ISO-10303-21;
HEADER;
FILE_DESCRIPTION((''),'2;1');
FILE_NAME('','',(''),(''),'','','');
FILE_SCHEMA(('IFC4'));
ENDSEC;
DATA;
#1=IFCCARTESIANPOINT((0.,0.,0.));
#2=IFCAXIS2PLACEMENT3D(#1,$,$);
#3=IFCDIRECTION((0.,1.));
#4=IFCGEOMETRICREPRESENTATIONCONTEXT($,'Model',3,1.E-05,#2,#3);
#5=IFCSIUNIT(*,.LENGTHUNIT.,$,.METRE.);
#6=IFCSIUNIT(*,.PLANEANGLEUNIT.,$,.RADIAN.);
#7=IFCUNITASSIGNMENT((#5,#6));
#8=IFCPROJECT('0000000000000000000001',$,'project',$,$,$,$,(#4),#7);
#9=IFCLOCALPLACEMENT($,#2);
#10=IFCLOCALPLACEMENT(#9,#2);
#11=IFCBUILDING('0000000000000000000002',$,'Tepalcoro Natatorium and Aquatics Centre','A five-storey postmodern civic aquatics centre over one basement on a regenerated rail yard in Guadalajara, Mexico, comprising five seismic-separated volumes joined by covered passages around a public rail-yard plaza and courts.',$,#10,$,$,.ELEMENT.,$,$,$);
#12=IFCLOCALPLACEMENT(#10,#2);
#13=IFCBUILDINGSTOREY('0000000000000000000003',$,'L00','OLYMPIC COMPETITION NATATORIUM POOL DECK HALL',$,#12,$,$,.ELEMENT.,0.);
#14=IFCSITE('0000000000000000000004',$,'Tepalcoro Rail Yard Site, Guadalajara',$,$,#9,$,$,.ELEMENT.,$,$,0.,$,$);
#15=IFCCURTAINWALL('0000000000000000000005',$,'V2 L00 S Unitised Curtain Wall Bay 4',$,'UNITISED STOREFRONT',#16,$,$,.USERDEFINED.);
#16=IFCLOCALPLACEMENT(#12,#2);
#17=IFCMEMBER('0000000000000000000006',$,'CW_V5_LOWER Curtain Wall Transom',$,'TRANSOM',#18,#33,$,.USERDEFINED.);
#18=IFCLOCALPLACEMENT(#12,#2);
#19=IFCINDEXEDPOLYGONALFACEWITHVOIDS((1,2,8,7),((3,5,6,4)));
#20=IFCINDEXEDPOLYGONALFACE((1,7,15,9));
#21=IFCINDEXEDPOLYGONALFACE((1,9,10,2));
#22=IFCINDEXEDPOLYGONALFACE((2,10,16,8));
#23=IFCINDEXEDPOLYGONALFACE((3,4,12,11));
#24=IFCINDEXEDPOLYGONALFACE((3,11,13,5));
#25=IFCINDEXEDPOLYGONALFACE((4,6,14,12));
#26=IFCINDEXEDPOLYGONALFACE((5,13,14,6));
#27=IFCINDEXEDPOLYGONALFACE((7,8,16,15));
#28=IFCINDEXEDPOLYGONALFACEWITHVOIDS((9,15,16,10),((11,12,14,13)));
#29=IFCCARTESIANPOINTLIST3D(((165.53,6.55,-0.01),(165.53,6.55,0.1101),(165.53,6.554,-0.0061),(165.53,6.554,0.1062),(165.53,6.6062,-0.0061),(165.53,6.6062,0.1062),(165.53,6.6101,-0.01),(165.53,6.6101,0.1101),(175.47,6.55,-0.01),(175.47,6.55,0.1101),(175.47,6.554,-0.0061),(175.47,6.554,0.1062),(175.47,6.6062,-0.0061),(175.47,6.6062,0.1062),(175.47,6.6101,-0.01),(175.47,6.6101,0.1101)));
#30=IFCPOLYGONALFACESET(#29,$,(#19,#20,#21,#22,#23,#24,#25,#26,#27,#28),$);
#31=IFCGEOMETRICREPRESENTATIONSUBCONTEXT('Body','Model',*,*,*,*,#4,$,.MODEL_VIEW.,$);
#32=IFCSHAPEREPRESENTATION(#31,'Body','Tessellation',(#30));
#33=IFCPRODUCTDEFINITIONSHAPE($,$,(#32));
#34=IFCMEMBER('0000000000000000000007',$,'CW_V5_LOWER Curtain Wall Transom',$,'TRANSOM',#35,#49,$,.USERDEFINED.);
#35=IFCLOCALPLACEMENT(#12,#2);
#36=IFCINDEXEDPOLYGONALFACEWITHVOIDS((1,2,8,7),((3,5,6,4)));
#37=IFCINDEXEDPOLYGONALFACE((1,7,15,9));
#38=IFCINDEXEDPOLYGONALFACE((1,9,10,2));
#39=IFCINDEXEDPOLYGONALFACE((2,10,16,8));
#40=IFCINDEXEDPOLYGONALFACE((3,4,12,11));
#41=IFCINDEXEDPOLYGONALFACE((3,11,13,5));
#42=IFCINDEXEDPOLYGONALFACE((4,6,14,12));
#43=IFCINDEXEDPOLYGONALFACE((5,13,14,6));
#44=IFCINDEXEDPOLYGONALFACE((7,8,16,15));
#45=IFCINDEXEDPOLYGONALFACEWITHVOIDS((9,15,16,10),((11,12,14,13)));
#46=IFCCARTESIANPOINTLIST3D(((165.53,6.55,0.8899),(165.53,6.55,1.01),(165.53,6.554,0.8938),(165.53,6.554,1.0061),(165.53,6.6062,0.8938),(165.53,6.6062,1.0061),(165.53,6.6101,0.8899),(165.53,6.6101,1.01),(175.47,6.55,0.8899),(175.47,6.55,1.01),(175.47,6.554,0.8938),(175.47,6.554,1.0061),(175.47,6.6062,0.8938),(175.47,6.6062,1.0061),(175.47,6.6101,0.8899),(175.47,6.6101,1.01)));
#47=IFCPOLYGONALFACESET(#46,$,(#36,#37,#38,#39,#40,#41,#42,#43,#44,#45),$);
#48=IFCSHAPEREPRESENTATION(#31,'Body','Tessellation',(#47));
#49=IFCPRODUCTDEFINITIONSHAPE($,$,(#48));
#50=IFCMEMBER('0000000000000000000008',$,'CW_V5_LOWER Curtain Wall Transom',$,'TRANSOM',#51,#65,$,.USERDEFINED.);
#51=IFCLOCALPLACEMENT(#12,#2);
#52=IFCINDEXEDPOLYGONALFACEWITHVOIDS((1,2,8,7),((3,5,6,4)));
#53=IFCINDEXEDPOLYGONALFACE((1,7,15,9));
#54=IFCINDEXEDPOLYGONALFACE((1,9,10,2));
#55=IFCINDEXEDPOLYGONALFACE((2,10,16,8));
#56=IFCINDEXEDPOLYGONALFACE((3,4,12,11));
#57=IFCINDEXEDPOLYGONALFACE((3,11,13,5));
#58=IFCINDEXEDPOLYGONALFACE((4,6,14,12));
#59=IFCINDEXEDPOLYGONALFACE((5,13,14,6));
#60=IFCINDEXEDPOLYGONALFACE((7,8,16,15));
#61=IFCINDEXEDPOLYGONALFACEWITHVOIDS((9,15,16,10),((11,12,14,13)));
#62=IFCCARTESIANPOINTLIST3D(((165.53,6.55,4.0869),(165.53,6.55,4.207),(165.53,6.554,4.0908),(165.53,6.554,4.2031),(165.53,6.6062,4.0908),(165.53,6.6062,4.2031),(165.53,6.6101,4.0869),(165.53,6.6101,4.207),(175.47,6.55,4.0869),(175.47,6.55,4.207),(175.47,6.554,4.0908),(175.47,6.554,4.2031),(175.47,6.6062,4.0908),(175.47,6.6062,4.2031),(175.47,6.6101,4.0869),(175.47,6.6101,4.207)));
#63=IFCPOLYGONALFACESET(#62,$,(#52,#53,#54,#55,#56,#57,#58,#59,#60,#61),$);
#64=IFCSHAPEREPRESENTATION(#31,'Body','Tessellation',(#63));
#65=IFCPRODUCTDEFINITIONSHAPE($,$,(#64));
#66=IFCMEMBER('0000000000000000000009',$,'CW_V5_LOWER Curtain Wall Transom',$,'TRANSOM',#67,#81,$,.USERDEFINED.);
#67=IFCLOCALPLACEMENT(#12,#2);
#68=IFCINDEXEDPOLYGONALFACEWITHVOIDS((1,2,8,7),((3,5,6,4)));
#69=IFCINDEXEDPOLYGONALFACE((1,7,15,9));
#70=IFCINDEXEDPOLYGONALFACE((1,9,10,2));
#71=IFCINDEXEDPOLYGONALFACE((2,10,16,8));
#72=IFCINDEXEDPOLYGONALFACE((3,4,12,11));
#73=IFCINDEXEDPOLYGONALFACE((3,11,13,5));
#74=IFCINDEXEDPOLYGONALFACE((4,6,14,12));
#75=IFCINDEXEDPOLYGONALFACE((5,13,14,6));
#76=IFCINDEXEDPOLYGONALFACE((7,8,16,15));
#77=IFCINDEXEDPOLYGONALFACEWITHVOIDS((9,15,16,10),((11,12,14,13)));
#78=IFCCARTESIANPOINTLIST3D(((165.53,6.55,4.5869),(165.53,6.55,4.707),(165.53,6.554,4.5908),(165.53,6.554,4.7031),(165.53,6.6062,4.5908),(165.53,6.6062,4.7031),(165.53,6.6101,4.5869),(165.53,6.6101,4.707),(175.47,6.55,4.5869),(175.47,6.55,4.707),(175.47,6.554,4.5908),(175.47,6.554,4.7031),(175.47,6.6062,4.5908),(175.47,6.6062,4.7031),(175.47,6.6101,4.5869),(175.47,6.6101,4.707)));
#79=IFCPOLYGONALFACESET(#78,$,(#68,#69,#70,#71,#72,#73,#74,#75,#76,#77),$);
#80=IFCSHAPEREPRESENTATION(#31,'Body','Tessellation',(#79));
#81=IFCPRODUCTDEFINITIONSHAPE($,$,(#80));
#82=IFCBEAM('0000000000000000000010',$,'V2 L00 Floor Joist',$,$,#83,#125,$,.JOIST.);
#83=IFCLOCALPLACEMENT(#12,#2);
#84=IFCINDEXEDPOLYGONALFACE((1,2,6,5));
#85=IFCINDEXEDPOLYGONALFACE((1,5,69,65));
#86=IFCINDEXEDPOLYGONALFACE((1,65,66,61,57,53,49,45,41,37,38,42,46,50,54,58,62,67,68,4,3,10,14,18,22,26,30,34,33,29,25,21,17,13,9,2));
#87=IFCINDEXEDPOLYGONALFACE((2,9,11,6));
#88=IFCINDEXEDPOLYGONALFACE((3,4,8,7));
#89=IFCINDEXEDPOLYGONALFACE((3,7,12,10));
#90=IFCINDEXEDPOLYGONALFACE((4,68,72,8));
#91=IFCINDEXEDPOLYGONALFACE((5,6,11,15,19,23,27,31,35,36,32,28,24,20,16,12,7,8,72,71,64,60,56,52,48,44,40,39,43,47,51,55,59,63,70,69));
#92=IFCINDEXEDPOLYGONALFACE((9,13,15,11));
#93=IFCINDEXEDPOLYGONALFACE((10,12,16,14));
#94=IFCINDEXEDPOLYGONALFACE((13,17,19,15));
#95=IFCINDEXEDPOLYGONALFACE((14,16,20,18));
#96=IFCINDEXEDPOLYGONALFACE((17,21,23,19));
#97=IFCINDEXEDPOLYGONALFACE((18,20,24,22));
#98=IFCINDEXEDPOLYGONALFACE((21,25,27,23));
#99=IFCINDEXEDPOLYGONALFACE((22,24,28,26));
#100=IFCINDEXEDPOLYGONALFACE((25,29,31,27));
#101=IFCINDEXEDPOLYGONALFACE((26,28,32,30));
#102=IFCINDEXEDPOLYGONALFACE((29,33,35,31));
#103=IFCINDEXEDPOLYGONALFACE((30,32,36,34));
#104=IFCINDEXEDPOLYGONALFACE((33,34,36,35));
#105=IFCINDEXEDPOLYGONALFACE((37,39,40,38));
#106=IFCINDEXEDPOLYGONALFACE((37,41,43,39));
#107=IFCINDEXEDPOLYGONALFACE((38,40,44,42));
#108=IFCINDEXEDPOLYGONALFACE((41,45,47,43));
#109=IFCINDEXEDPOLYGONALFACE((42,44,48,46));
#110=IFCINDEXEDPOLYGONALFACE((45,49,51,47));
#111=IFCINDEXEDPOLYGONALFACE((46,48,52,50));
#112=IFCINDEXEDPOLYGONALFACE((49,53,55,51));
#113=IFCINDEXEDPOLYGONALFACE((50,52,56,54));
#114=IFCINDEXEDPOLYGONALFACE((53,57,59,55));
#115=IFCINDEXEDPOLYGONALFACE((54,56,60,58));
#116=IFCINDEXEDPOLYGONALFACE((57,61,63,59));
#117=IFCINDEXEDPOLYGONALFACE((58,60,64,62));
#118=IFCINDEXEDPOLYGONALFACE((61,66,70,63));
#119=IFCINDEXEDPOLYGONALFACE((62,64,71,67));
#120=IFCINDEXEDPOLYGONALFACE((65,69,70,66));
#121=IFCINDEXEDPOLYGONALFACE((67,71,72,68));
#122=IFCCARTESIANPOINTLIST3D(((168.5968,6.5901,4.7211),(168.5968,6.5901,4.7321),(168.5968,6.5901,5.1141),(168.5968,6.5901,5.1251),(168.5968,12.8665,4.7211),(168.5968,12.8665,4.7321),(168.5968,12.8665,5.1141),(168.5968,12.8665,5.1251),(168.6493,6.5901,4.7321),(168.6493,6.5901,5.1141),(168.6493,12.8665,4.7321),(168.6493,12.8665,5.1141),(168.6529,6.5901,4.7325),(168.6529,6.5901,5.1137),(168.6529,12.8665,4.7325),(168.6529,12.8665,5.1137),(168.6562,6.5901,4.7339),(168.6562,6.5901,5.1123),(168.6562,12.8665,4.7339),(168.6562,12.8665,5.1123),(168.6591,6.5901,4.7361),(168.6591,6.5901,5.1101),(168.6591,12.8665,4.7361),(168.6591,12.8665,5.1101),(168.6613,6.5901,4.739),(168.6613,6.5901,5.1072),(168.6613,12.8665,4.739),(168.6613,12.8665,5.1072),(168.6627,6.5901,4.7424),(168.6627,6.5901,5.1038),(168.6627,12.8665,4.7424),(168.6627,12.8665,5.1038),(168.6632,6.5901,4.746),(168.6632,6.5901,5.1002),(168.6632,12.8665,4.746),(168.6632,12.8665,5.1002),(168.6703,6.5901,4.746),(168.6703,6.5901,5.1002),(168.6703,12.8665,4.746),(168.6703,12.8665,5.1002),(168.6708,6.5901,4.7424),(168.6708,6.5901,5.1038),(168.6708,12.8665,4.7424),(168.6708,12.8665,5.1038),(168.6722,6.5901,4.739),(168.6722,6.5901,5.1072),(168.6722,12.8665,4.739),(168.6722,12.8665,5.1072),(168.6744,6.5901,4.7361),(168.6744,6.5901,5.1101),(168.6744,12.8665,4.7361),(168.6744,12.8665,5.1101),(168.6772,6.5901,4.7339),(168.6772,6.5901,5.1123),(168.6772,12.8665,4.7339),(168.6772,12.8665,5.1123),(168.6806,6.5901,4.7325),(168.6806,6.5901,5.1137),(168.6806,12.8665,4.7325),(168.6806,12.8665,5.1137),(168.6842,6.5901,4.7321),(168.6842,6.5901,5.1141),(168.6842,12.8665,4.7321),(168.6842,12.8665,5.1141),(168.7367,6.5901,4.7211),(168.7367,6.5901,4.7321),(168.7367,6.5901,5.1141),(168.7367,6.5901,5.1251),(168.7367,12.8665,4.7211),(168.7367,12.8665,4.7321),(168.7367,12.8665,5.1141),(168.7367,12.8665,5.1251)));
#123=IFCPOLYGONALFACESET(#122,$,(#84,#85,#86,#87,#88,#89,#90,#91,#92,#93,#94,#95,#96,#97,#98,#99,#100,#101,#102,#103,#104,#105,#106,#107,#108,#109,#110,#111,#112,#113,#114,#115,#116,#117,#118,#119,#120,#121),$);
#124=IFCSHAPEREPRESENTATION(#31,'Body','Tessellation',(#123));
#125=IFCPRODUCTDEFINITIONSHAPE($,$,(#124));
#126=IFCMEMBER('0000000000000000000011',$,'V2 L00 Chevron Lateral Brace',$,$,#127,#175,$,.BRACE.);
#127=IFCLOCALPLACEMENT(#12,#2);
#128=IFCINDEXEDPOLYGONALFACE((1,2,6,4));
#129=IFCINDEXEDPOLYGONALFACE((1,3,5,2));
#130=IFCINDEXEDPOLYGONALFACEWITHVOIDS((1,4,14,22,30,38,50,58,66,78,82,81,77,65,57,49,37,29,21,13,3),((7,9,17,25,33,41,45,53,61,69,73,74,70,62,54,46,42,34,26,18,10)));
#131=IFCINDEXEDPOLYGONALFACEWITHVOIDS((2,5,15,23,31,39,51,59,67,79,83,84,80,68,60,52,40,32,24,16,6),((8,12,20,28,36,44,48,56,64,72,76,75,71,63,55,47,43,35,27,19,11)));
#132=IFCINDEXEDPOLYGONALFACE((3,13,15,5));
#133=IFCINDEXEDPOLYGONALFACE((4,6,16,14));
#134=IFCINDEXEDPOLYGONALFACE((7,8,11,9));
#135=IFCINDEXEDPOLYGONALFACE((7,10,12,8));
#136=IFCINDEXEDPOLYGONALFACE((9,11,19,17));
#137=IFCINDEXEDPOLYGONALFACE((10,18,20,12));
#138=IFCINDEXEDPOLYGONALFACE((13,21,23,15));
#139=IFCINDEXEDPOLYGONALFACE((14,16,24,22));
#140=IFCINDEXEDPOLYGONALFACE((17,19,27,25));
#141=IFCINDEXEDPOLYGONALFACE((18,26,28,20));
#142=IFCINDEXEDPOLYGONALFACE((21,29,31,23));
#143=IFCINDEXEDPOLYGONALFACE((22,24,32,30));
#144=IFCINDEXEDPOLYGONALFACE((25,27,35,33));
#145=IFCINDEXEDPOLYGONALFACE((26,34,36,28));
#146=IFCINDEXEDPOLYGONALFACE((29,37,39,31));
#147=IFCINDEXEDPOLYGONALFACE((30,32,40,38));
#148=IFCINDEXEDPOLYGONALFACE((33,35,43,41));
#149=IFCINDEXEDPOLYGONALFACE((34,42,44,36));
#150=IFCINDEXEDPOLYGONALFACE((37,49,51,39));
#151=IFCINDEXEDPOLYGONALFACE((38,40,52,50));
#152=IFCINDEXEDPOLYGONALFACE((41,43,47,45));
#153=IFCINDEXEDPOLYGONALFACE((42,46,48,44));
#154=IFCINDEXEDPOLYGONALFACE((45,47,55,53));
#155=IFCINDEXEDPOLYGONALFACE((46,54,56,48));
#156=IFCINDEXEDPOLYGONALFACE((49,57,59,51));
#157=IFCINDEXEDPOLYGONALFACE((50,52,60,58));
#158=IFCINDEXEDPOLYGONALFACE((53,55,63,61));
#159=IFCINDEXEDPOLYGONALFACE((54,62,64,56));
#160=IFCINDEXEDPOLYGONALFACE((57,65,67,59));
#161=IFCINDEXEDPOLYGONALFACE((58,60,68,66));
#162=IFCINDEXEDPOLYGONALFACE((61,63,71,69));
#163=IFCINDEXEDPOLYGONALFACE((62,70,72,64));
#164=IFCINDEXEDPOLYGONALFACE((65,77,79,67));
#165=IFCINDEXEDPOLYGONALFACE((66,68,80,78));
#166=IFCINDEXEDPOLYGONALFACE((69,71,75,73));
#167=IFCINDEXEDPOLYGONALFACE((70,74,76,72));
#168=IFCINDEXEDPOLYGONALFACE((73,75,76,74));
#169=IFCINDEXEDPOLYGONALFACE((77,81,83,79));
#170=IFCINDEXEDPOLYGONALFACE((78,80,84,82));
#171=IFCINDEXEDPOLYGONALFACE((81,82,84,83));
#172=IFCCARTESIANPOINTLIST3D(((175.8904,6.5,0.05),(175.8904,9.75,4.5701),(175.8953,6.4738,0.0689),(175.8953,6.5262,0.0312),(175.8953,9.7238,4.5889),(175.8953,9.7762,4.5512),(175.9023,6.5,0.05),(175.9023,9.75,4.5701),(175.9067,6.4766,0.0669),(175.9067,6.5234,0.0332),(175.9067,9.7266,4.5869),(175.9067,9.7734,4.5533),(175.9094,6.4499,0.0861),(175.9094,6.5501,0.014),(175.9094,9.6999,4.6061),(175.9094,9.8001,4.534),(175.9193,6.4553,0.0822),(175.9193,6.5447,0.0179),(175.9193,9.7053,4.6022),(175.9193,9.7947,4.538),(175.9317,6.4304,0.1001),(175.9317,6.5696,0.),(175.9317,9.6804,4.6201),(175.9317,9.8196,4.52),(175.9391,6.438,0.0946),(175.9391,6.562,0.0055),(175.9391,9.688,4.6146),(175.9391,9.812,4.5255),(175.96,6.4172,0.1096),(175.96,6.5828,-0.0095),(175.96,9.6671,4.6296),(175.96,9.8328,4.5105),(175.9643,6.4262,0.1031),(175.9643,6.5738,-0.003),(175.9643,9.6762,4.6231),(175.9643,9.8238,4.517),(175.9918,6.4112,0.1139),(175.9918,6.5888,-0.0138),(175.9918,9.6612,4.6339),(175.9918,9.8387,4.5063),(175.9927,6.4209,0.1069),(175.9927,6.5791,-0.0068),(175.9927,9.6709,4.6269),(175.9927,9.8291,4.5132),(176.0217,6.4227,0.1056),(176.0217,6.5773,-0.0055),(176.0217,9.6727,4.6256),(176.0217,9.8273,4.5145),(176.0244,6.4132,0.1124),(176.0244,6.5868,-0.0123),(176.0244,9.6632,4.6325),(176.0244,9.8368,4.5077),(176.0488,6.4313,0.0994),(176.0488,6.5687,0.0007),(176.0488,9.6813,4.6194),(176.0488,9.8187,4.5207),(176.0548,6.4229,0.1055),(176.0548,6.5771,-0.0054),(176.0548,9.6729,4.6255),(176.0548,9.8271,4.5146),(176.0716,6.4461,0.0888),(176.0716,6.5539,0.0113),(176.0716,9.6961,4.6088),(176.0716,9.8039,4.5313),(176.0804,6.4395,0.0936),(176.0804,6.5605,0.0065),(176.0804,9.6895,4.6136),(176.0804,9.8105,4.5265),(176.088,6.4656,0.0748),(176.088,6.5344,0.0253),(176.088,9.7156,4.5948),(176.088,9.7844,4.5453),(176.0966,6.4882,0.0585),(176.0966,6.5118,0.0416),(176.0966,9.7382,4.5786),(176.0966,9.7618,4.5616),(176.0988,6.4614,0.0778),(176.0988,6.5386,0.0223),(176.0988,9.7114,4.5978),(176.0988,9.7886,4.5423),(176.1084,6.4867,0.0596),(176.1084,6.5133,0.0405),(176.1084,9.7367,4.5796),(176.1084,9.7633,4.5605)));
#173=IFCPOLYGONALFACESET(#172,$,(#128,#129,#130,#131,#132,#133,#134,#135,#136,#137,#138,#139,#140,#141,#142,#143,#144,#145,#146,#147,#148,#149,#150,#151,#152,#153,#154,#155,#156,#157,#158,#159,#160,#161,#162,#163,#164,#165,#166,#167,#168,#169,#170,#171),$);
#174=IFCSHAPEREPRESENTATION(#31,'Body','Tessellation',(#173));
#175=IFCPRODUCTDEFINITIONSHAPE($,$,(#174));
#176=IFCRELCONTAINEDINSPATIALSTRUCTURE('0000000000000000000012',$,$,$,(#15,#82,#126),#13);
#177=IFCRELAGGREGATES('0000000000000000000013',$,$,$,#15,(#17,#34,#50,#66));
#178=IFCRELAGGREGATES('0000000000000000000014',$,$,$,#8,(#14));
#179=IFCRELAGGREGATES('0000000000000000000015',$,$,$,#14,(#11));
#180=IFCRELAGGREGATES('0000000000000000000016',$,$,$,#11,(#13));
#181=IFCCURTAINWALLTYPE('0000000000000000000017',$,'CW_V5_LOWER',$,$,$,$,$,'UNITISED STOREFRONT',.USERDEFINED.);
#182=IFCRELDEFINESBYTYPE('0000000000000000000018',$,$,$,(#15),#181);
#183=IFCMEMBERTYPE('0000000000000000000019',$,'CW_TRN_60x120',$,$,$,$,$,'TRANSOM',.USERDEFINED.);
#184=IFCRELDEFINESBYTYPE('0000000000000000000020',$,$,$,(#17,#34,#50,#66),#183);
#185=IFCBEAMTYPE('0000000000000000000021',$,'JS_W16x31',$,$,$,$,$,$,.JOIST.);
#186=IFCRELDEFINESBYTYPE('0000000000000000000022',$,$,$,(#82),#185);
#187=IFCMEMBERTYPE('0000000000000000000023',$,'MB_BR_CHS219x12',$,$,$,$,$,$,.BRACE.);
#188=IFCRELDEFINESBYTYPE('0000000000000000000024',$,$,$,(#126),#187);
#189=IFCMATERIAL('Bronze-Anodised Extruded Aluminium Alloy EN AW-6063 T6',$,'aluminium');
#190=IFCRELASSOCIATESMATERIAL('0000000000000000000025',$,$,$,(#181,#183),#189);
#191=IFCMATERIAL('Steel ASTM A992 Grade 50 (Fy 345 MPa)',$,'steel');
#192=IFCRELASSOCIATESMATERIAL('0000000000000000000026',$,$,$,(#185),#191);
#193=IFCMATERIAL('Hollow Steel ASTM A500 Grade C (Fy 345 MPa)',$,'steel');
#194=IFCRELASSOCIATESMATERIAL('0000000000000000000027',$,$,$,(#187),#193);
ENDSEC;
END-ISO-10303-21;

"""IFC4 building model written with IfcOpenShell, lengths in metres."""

from ifc_helpers import new_model, si_unit, direction, frame, origin, origin_2d, place, context, subcontext, project, spatial, hollow_rectangle, hollow_circle, i_section, extrude, material, material_profile, profile_set, type_object, element, aggregate, save


model = new_model("IFC4")

# Units and contexts
model_context = context("Model", 3, precision=1e-05, world=origin(), true_north=direction((0.0, 1.0)))
body_context = subcontext(model_context, "Body", "Model", "MODEL_VIEW")
ifc_project = project(units=[si_unit("LENGTHUNIT", "METRE"), si_unit("PLANEANGLEUNIT", "RADIAN")], contexts=[model_context])

# Site, building, storey
site_placement = place(None, origin())
site = spatial("IfcSite", under=ifc_project, at=site_placement, Name="Tepalcoro Rail Yard Site, Guadalajara", CompositionType="ELEMENT", RefElevation=0.0)
building_placement = place(site_placement, origin())
building = spatial("IfcBuilding", under=site, at=building_placement, Name="Tepalcoro Natatorium and Aquatics Centre", Description="A five-storey postmodern civic aquatics centre over one basement on a regenerated rail yard in Guadalajara, Mexico, comprising five seismic-separated volumes joined by covered passages around a public rail-yard plaza and courts.", CompositionType="ELEMENT")
storey_placement = place(building_placement, origin())
storey = spatial("IfcBuildingStorey", under=building, at=storey_placement, Name="L00", Description="OLYMPIC COMPETITION NATATORIUM POOL DECK HALL", CompositionType="ELEMENT", Elevation=0.0)

# Shared definitions
ifc_material_1 = material(Name="Steel ASTM A992 Grade 50 (Fy 345 MPa)", Category="steel")

# Curtain wall, members
ifc_material_2 = material(Name="Bronze-Anodised Extruded Aluminium Alloy EN AW-6063 T6", Category="aluminium")
curtain_wall_type = type_object("IfcCurtainWallType", Name="CW_V5_LOWER", ElementType="UNITISED STOREFRONT", PredefinedType="USERDEFINED", material=ifc_material_2)
curtain_wall_placement = place(storey_placement, origin())
curtain_wall = element("IfcCurtainWall", 1, at=curtain_wall_placement, inside=storey, type_object=curtain_wall_type, Name="V2 L00 S Unitised Curtain Wall Bay 4", ObjectType="UNITISED STOREFRONT", PredefinedType="USERDEFINED")
ifc_material_profile_1 = material_profile(ifc_material_2, hollow_rectangle(XDim=0.0601, YDim=0.1201, WallThickness=0.0039, at=origin_2d()), Name="AL60X120X4")
ifc_profile_set_1 = profile_set([ifc_material_profile_1], Name="Bronze-Anodised Extruded Aluminium Alloy EN AW-6063 T6")
member_type_1 = type_object("IfcMemberType", Name="CW_TRN_60x120", ElementType="TRANSOM", PredefinedType="USERDEFINED", material=ifc_profile_set_1)
member_1_placement = place(storey_placement, frame((165.53, 6.5801, 0.05), z_axis=(1.0, 0.0, 0.0), x_axis=(0.0, 1.0, 0.0)))
member_1 = element("IfcMember", 2, at=member_1_placement, type_object=member_type_1, Name="CW_V5_LOWER Curtain Wall Transom", ObjectType="TRANSOM", PredefinedType="USERDEFINED", context=body_context, shape_type="SweptSolid", body=[
    extrude(hollow_rectangle(XDim=0.0601, YDim=0.1201, WallThickness=0.0039, at=origin_2d()), origin(), (0.0, 0.0, 1.0), 9.9399),
])
member_2_placement = place(storey_placement, frame((165.53, 6.5801, 0.95), z_axis=(1.0, 0.0, 0.0), x_axis=(0.0, 1.0, 0.0)))
member_2 = element("IfcMember", 3, at=member_2_placement, type_object=member_type_1, Name="CW_V5_LOWER Curtain Wall Transom", ObjectType="TRANSOM", PredefinedType="USERDEFINED", context=body_context, shape_type="SweptSolid", body=[
    extrude(hollow_rectangle(XDim=0.0601, YDim=0.1201, WallThickness=0.0039, at=origin_2d()), origin(), (0.0, 0.0, 1.0), 9.9399),
])
member_3_placement = place(storey_placement, frame((165.53, 6.5801, 4.147), z_axis=(1.0, 0.0, 0.0), x_axis=(0.0, 1.0, 0.0)))
member_3 = element("IfcMember", 4, at=member_3_placement, type_object=member_type_1, Name="CW_V5_LOWER Curtain Wall Transom", ObjectType="TRANSOM", PredefinedType="USERDEFINED", context=body_context, shape_type="SweptSolid", body=[
    extrude(hollow_rectangle(XDim=0.0601, YDim=0.1201, WallThickness=0.0039, at=origin_2d()), origin(), (0.0, 0.0, 1.0), 9.9399),
])
member_4_placement = place(storey_placement, frame((165.53, 6.5801, 4.647), z_axis=(1.0, 0.0, 0.0), x_axis=(0.0, 1.0, 0.0)))
member_4 = element("IfcMember", 5, at=member_4_placement, type_object=member_type_1, Name="CW_V5_LOWER Curtain Wall Transom", ObjectType="TRANSOM", PredefinedType="USERDEFINED", context=body_context, shape_type="SweptSolid", body=[
    extrude(hollow_rectangle(XDim=0.0601, YDim=0.1201, WallThickness=0.0039, at=origin_2d()), origin(), (0.0, 0.0, 1.0), 9.9399),
])

# Beam
ifc_material_profile_2 = material_profile(ifc_material_1, i_section(OverallWidth=0.1399, OverallDepth=0.4041, WebThickness=0.0071, FlangeThickness=0.011, FilletRadius=0.0139, at=origin_2d()), Name="W16X31")
ifc_profile_set_2 = profile_set([ifc_material_profile_2], Name="Steel ASTM A992 Grade 50 (Fy 345 MPa)")
beam_type_1 = type_object("IfcBeamType", Name="JS_W16x31", PredefinedType="JOIST", material=ifc_profile_set_2)
beam_1_placement = place(storey_placement, frame((168.6667, 6.5901, 4.9231), z_axis=(0.0, 1.0, 0.0), x_axis=(-1.0, 0.0, 0.0)))
element("IfcBeam", 6, at=beam_1_placement, inside=storey, type_object=beam_type_1, Name="V2 L00 Floor Joist", PredefinedType="JOIST", context=body_context, shape_type="SweptSolid", body=[
    extrude(i_section(OverallWidth=0.1399, OverallDepth=0.4041, WebThickness=0.0071, FlangeThickness=0.011, FilletRadius=0.0139, at=origin_2d()), origin(), (0.0, 0.0, 1.0), 6.2764),
])

# Member
ifc_material_3 = material(Name="Hollow Steel ASTM A500 Grade C (Fy 345 MPa)", Category="steel")
ifc_material_profile_3 = material_profile(ifc_material_3, hollow_circle(Radius=0.1096, WallThickness=0.012, at=origin_2d()), Name="CHS219X12")
ifc_profile_set_3 = profile_set([ifc_material_profile_3], Name="Hollow Steel ASTM A500 Grade C (Fy 345 MPa)")
member_type_2 = type_object("IfcMemberType", Name="MB_BR_CHS219x12", PredefinedType="BRACE", material=ifc_profile_set_3)
member_5_placement = place(storey_placement, frame((176.0, 6.5, 0.05), z_axis=(0.0, 0.583782, 0.81191), x_axis=(-1.0, 0.0, 0.0)))
element("IfcMember", 7, at=member_5_placement, inside=storey, type_object=member_type_2, Name="V2 L00 Chevron Lateral Brace", PredefinedType="BRACE", context=body_context, shape_type="SweptSolid", body=[
    extrude(hollow_circle(Radius=0.1096, WallThickness=0.012, at=origin_2d()), origin(), (0.0, 0.0, 1.0), 5.5671),
])

aggregate(curtain_wall, [member_1, member_2, member_3, member_4])

save(model, "model.ifc")
